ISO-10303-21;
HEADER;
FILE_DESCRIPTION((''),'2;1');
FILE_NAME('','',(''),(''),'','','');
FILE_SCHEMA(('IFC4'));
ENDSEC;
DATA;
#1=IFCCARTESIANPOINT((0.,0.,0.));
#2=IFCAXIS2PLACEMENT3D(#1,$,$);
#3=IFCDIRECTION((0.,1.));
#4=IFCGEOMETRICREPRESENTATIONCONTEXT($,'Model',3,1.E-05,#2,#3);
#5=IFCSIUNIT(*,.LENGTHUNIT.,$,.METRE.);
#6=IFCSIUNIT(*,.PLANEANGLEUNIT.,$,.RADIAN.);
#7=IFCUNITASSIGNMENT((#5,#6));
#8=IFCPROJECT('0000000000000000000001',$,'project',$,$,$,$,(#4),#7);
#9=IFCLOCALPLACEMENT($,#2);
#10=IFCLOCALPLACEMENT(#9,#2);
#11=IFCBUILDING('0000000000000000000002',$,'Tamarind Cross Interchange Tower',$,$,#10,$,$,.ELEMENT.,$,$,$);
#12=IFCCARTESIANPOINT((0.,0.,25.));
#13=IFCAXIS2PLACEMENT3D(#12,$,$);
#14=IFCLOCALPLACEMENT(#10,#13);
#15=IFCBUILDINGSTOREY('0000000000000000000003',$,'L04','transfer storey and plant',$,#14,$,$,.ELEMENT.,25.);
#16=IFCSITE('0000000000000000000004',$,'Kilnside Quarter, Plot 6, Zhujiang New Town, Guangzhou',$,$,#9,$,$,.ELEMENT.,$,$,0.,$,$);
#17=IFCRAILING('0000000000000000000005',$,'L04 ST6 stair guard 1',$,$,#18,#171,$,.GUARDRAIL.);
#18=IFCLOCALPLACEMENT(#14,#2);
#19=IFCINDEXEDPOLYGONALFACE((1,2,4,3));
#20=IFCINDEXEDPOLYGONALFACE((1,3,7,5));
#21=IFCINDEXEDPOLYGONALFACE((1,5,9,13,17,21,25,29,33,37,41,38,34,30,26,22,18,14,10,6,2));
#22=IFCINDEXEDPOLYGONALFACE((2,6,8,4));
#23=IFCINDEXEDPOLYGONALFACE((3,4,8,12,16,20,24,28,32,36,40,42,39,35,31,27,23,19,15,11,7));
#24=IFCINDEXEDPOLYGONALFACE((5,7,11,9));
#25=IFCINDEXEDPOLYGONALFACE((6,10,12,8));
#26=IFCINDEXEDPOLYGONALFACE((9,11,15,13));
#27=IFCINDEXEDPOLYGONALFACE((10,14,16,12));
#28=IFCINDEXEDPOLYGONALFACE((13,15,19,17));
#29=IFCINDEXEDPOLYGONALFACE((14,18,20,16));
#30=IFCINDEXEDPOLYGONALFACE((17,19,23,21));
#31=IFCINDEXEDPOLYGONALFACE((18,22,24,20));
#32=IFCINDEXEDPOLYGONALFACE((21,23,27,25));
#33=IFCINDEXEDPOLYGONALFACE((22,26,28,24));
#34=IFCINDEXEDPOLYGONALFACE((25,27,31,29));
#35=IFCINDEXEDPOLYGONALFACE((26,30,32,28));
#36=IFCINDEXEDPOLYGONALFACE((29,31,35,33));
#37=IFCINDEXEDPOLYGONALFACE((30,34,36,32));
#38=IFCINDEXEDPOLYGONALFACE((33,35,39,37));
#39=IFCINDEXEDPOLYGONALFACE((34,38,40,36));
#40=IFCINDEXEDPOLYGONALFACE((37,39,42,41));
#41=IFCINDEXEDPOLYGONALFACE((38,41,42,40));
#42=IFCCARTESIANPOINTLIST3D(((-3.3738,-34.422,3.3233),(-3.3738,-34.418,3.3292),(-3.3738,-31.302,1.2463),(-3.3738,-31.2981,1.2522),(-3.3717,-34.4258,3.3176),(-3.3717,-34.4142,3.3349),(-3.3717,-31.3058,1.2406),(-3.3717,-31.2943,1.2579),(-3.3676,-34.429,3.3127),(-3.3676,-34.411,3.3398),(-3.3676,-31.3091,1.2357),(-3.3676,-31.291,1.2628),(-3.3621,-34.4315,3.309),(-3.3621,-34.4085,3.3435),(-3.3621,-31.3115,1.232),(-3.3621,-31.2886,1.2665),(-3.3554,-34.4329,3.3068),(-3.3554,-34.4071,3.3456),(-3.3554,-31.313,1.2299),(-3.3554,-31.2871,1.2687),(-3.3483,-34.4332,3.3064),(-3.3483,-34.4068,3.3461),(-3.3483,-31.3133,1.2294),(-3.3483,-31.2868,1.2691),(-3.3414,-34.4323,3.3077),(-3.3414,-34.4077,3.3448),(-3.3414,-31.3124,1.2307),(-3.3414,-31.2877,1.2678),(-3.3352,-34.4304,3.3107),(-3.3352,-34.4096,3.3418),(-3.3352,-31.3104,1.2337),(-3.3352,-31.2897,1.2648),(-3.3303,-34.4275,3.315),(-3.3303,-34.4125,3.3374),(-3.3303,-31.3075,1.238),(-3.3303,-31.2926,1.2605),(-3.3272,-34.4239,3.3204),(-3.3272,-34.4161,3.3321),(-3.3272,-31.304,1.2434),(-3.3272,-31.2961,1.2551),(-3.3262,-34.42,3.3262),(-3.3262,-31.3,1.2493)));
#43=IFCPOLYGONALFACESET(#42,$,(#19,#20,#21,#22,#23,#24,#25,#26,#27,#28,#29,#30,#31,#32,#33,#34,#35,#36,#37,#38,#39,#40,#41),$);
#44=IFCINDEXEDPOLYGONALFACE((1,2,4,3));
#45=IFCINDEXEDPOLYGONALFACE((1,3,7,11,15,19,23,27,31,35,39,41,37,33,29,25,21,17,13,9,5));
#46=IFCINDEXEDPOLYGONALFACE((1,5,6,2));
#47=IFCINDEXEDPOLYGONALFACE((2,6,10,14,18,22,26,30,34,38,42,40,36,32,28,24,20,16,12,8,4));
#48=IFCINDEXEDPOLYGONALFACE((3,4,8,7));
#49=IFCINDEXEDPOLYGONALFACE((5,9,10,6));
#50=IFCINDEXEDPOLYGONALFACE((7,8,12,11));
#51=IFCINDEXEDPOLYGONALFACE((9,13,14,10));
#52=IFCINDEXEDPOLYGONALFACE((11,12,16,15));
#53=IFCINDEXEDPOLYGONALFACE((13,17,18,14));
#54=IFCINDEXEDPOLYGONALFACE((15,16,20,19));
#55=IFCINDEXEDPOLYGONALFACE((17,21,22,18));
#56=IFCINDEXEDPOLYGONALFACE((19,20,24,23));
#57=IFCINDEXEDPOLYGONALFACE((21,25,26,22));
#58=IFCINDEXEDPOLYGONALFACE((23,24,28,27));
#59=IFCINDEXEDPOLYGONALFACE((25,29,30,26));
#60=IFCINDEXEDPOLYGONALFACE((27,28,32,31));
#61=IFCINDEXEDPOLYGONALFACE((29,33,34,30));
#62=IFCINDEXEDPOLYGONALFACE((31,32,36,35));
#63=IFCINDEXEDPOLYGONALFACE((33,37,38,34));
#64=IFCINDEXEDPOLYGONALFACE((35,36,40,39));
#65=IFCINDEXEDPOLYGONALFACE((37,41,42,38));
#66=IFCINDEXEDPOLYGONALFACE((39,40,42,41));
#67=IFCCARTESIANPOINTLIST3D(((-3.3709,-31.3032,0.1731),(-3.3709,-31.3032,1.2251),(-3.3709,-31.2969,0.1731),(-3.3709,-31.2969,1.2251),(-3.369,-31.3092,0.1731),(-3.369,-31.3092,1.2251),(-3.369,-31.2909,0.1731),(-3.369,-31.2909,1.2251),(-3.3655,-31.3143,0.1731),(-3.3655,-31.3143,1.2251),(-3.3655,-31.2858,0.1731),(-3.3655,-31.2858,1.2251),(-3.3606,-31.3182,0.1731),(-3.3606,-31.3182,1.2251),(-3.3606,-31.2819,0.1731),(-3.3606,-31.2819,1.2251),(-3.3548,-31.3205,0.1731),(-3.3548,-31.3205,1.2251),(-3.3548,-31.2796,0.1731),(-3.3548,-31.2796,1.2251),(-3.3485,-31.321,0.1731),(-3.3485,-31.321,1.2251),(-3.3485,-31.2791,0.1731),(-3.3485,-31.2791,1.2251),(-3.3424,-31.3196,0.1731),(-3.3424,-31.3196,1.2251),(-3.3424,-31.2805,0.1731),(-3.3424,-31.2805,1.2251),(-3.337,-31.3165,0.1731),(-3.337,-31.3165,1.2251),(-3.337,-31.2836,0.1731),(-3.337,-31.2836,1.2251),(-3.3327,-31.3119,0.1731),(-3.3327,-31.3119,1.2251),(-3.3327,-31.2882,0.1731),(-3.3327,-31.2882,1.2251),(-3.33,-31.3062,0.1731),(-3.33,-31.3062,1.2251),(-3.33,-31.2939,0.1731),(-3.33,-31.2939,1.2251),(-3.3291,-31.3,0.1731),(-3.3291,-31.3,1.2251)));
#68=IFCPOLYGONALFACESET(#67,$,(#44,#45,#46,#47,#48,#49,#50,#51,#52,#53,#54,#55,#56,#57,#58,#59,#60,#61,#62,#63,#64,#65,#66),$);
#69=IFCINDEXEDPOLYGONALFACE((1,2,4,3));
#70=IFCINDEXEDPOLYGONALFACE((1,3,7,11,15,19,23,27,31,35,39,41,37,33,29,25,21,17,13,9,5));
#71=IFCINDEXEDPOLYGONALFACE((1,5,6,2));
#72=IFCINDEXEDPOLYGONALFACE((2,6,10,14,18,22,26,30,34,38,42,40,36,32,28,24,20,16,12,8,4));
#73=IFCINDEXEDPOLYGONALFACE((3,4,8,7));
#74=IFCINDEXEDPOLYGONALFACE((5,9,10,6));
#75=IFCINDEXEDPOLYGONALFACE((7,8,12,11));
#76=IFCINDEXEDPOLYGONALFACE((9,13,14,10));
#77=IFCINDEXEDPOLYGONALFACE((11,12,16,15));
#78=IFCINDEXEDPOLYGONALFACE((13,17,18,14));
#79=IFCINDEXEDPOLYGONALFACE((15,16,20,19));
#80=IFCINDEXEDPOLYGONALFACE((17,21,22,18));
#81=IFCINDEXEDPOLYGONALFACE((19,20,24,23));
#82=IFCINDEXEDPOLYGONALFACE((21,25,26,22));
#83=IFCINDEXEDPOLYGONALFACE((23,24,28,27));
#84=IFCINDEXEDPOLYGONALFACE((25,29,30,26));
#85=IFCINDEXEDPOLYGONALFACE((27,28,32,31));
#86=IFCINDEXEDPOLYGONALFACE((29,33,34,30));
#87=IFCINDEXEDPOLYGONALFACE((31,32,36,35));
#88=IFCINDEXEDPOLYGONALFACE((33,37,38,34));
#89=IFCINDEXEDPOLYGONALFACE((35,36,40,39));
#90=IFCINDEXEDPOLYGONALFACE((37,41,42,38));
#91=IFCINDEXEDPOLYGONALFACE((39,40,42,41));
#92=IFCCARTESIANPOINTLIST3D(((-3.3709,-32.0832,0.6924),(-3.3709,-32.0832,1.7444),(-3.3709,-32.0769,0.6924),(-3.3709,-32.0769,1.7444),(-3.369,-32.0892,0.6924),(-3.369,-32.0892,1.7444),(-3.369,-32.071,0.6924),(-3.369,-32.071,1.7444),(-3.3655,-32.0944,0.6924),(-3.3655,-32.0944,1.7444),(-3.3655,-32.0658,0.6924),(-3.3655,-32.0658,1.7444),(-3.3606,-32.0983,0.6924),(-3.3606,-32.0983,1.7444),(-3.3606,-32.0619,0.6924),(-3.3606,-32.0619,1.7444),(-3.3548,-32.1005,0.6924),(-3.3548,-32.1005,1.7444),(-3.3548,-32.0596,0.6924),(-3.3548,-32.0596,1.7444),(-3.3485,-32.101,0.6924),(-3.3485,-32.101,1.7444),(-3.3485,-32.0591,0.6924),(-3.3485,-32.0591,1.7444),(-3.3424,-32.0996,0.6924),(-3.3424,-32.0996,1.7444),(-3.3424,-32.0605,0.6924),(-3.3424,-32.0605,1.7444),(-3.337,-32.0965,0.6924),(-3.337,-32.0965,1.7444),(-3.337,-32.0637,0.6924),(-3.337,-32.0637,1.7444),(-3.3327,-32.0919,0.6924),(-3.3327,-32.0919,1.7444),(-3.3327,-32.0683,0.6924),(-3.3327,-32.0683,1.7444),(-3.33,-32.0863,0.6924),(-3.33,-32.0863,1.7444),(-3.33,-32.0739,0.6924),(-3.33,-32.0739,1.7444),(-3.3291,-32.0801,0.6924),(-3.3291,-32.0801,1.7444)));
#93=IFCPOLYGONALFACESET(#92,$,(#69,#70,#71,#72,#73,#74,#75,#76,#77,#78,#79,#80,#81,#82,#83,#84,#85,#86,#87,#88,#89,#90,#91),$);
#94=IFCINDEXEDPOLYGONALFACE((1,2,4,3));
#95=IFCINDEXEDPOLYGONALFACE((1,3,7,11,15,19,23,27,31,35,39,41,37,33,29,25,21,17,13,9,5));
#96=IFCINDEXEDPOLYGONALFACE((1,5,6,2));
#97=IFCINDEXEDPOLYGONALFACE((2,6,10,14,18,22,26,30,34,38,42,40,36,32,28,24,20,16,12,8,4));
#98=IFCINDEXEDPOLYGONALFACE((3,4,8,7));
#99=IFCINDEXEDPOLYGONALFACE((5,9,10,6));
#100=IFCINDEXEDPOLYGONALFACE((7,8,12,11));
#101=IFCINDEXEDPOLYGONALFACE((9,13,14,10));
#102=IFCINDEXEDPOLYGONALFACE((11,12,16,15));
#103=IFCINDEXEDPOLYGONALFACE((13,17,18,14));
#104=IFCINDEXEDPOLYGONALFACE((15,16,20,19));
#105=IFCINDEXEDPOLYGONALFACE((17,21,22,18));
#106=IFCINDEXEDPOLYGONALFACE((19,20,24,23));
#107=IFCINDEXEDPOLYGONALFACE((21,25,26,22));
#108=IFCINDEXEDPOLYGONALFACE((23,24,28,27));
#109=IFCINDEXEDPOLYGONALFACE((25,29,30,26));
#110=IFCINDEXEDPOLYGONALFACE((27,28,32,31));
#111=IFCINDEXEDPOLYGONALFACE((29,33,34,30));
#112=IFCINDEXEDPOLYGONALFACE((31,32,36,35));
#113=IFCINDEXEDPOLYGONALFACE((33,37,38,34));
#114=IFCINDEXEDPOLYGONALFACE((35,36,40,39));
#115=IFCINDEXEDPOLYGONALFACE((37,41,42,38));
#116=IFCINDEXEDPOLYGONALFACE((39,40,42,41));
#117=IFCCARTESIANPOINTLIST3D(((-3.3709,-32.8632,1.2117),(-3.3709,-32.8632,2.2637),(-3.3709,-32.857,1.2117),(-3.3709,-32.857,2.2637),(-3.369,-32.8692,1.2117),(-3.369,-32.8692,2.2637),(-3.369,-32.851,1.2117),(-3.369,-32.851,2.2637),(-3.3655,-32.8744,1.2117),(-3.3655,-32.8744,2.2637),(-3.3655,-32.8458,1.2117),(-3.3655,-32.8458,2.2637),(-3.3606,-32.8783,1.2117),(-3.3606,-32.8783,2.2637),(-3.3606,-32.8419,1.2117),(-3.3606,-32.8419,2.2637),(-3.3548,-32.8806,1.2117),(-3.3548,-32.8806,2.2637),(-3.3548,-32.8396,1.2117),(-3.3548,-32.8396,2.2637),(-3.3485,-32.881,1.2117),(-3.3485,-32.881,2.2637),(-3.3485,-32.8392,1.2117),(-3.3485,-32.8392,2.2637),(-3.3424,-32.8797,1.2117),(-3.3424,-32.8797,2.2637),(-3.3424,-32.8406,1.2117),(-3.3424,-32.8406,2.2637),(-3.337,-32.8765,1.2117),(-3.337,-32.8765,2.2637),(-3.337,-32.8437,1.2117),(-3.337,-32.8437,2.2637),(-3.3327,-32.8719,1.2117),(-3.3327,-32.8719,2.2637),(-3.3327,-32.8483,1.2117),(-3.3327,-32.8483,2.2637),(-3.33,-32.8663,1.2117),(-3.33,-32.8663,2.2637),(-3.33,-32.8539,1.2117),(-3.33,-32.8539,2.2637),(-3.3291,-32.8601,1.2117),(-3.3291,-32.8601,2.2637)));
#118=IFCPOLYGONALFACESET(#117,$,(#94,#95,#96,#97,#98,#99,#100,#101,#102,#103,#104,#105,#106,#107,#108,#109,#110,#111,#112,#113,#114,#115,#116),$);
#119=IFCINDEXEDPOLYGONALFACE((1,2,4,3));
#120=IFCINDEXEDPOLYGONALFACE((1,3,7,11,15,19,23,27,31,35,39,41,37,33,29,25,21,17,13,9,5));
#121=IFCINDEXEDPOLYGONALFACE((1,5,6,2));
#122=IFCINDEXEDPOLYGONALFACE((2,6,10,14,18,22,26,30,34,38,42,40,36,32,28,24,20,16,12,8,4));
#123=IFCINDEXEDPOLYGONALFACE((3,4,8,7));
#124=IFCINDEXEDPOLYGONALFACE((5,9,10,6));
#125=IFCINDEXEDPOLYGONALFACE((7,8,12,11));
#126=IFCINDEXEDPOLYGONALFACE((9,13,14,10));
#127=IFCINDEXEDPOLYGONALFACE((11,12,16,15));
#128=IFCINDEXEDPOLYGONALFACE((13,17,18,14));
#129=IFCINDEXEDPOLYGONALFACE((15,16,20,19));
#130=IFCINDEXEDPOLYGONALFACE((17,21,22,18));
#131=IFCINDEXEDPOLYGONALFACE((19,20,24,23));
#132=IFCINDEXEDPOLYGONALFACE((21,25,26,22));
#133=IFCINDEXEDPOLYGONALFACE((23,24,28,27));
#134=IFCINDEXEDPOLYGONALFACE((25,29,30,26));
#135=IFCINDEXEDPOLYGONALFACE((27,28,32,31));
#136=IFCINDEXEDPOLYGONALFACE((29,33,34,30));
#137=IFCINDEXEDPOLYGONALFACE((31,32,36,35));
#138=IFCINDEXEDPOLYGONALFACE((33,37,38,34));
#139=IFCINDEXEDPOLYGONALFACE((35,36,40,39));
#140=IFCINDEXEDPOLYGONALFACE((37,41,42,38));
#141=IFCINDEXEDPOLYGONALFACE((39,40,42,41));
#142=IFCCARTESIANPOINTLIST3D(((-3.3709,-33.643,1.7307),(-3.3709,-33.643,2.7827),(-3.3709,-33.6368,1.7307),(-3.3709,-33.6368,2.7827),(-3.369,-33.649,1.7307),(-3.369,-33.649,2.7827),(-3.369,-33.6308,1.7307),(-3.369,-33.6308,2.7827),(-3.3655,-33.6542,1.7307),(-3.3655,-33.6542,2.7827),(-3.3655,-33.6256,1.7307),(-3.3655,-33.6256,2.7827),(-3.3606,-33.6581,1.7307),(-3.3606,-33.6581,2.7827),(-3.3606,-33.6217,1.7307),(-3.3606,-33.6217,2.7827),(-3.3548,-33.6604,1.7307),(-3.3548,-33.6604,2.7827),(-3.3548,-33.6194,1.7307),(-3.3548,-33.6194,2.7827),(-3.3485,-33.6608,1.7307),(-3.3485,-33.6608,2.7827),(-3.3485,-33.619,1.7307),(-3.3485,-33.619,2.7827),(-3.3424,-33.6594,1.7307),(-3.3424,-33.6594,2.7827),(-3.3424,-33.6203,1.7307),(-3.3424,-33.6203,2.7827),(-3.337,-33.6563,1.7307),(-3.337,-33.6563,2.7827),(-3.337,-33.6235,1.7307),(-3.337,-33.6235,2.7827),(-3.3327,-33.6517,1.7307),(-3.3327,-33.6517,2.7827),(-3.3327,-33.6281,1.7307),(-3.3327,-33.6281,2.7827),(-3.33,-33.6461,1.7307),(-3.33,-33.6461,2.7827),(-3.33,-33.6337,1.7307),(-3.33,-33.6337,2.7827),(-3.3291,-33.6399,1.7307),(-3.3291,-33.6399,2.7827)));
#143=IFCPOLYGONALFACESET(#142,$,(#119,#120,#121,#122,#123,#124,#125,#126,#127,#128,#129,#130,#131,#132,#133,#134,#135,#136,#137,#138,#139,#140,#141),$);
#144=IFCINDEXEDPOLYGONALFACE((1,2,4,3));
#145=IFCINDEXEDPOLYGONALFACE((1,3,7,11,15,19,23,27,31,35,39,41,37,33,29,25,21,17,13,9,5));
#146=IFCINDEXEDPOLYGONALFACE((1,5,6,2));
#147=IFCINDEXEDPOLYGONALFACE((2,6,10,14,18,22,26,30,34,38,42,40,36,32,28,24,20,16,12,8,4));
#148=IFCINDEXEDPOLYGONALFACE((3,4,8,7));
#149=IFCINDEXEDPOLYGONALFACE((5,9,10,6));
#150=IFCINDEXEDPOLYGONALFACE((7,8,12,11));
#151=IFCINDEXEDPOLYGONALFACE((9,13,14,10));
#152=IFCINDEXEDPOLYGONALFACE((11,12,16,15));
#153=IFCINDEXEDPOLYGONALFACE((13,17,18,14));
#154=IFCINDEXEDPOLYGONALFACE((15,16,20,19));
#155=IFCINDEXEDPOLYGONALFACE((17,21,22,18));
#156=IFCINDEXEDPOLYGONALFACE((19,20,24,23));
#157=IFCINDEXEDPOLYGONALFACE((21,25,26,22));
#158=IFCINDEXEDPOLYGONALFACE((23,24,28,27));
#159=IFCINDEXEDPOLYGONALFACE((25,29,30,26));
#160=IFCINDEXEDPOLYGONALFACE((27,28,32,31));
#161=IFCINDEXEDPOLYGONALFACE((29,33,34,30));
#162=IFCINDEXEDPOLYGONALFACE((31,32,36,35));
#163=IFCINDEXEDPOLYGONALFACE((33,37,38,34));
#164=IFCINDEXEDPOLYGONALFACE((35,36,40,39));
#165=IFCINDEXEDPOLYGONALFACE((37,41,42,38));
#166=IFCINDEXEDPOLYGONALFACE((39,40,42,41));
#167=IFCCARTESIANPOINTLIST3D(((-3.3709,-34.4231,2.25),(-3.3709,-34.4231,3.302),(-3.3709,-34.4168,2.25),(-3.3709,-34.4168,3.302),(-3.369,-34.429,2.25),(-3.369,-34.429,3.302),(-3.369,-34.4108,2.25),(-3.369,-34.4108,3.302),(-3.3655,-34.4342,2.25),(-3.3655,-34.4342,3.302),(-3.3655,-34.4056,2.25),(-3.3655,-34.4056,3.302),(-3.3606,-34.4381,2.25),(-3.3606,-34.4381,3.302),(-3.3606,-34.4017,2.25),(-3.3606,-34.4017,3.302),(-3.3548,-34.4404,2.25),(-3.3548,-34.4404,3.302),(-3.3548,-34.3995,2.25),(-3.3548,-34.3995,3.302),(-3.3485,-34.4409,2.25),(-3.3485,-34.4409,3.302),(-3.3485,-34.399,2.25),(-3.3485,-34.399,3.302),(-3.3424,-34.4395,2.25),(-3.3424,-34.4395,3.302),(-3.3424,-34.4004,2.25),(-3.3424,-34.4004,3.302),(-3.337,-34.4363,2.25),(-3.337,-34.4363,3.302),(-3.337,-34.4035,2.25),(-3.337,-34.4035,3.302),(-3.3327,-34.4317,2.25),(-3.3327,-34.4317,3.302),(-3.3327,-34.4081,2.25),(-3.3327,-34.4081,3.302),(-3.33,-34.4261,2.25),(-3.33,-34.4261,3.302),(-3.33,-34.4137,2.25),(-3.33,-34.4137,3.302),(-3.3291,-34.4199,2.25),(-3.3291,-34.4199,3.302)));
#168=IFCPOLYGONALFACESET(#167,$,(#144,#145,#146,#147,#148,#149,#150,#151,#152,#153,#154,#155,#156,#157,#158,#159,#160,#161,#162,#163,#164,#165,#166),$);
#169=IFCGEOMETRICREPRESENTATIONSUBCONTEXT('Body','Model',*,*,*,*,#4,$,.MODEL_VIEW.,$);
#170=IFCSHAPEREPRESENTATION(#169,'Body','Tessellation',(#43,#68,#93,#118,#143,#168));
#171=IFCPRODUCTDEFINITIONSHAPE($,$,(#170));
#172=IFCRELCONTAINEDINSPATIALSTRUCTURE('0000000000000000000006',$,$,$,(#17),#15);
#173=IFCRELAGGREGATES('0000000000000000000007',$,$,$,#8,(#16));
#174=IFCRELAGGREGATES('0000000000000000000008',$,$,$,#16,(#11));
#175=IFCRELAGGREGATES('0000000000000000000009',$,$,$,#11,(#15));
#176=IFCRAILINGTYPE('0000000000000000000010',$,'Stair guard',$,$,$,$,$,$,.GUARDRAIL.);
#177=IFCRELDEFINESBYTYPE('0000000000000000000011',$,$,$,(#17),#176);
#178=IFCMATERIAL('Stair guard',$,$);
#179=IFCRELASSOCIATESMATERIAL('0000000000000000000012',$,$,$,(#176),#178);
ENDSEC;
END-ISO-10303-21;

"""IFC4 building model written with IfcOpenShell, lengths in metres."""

from ifc_helpers import new_model, si_unit, direction, frame, origin, origin_2d, place, context, subcontext, project, spatial, circle, extrude, material, type_object, element, save


model = new_model("IFC4")

# Units and contexts
model_context = context("Model", 3, precision=1e-05, world=origin(), true_north=direction((0.0, 1.0)))
body_context = subcontext(model_context, "Body", "Model", "MODEL_VIEW")
ifc_project = project(units=[si_unit("LENGTHUNIT", "METRE"), si_unit("PLANEANGLEUNIT", "RADIAN")], contexts=[model_context])

# Site, building, storey
site_placement = place(None, origin())
site = spatial("IfcSite", under=ifc_project, at=site_placement, Name="Kilnside Quarter, Plot 6, Zhujiang New Town, Guangzhou", CompositionType="ELEMENT", RefElevation=0.0)
building_placement = place(site_placement, origin())
building = spatial("IfcBuilding", under=site, at=building_placement, Name="Tamarind Cross Interchange Tower", CompositionType="ELEMENT")
storey_placement = place(building_placement, frame((0.0, 0.0, 25.0)))
storey = spatial("IfcBuildingStorey", under=building, at=storey_placement, Name="L04", Description="transfer storey and plant", CompositionType="ELEMENT", Elevation=25.0)

# Railing
ifc_material_1 = material(Name="Stair guard")
railing_type_1 = type_object("IfcRailingType", Name="Stair guard", PredefinedType="GUARDRAIL", material=ifc_material_1)
railing_1_placement = place(storey_placement, frame((-3.3501, -31.3, 0.1731)))
element("IfcRailing", 1, at=railing_1_placement, inside=storey, type_object=railing_type_1, Name="L04 ST6 stair guard 1", PredefinedType="GUARDRAIL", context=body_context, shape_type="SweptSolid", body=[
    extrude(circle(Radius=0.0239, at=origin_2d()), frame((0.0, 0.0, 1.0762), z_axis=(0.0, -0.832421, 0.554144), x_axis=(1.0, 0.0, 0.0)), (0.0, 0.0, 1.0), 3.748),
    extrude(circle(Radius=0.021, at=origin_2d()), origin(), (0.0, 0.0, 1.0), 1.052),
    extrude(circle(Radius=0.021, at=origin_2d()), frame((0.0, -0.78, 0.5193)), (0.0, 0.0, 1.0), 1.052),
    extrude(circle(Radius=0.021, at=origin_2d()), frame((0.0, -1.5601, 1.0386)), (0.0, 0.0, 1.0), 1.052),
    extrude(circle(Radius=0.021, at=origin_2d()), frame((0.0, -2.3398, 1.5576)), (0.0, 0.0, 1.0), 1.052),
    extrude(circle(Radius=0.021, at=origin_2d()), frame((0.0, -3.1199, 2.0769)), (0.0, 0.0, 1.0), 1.052),
])

save(model, "model.ifc")
